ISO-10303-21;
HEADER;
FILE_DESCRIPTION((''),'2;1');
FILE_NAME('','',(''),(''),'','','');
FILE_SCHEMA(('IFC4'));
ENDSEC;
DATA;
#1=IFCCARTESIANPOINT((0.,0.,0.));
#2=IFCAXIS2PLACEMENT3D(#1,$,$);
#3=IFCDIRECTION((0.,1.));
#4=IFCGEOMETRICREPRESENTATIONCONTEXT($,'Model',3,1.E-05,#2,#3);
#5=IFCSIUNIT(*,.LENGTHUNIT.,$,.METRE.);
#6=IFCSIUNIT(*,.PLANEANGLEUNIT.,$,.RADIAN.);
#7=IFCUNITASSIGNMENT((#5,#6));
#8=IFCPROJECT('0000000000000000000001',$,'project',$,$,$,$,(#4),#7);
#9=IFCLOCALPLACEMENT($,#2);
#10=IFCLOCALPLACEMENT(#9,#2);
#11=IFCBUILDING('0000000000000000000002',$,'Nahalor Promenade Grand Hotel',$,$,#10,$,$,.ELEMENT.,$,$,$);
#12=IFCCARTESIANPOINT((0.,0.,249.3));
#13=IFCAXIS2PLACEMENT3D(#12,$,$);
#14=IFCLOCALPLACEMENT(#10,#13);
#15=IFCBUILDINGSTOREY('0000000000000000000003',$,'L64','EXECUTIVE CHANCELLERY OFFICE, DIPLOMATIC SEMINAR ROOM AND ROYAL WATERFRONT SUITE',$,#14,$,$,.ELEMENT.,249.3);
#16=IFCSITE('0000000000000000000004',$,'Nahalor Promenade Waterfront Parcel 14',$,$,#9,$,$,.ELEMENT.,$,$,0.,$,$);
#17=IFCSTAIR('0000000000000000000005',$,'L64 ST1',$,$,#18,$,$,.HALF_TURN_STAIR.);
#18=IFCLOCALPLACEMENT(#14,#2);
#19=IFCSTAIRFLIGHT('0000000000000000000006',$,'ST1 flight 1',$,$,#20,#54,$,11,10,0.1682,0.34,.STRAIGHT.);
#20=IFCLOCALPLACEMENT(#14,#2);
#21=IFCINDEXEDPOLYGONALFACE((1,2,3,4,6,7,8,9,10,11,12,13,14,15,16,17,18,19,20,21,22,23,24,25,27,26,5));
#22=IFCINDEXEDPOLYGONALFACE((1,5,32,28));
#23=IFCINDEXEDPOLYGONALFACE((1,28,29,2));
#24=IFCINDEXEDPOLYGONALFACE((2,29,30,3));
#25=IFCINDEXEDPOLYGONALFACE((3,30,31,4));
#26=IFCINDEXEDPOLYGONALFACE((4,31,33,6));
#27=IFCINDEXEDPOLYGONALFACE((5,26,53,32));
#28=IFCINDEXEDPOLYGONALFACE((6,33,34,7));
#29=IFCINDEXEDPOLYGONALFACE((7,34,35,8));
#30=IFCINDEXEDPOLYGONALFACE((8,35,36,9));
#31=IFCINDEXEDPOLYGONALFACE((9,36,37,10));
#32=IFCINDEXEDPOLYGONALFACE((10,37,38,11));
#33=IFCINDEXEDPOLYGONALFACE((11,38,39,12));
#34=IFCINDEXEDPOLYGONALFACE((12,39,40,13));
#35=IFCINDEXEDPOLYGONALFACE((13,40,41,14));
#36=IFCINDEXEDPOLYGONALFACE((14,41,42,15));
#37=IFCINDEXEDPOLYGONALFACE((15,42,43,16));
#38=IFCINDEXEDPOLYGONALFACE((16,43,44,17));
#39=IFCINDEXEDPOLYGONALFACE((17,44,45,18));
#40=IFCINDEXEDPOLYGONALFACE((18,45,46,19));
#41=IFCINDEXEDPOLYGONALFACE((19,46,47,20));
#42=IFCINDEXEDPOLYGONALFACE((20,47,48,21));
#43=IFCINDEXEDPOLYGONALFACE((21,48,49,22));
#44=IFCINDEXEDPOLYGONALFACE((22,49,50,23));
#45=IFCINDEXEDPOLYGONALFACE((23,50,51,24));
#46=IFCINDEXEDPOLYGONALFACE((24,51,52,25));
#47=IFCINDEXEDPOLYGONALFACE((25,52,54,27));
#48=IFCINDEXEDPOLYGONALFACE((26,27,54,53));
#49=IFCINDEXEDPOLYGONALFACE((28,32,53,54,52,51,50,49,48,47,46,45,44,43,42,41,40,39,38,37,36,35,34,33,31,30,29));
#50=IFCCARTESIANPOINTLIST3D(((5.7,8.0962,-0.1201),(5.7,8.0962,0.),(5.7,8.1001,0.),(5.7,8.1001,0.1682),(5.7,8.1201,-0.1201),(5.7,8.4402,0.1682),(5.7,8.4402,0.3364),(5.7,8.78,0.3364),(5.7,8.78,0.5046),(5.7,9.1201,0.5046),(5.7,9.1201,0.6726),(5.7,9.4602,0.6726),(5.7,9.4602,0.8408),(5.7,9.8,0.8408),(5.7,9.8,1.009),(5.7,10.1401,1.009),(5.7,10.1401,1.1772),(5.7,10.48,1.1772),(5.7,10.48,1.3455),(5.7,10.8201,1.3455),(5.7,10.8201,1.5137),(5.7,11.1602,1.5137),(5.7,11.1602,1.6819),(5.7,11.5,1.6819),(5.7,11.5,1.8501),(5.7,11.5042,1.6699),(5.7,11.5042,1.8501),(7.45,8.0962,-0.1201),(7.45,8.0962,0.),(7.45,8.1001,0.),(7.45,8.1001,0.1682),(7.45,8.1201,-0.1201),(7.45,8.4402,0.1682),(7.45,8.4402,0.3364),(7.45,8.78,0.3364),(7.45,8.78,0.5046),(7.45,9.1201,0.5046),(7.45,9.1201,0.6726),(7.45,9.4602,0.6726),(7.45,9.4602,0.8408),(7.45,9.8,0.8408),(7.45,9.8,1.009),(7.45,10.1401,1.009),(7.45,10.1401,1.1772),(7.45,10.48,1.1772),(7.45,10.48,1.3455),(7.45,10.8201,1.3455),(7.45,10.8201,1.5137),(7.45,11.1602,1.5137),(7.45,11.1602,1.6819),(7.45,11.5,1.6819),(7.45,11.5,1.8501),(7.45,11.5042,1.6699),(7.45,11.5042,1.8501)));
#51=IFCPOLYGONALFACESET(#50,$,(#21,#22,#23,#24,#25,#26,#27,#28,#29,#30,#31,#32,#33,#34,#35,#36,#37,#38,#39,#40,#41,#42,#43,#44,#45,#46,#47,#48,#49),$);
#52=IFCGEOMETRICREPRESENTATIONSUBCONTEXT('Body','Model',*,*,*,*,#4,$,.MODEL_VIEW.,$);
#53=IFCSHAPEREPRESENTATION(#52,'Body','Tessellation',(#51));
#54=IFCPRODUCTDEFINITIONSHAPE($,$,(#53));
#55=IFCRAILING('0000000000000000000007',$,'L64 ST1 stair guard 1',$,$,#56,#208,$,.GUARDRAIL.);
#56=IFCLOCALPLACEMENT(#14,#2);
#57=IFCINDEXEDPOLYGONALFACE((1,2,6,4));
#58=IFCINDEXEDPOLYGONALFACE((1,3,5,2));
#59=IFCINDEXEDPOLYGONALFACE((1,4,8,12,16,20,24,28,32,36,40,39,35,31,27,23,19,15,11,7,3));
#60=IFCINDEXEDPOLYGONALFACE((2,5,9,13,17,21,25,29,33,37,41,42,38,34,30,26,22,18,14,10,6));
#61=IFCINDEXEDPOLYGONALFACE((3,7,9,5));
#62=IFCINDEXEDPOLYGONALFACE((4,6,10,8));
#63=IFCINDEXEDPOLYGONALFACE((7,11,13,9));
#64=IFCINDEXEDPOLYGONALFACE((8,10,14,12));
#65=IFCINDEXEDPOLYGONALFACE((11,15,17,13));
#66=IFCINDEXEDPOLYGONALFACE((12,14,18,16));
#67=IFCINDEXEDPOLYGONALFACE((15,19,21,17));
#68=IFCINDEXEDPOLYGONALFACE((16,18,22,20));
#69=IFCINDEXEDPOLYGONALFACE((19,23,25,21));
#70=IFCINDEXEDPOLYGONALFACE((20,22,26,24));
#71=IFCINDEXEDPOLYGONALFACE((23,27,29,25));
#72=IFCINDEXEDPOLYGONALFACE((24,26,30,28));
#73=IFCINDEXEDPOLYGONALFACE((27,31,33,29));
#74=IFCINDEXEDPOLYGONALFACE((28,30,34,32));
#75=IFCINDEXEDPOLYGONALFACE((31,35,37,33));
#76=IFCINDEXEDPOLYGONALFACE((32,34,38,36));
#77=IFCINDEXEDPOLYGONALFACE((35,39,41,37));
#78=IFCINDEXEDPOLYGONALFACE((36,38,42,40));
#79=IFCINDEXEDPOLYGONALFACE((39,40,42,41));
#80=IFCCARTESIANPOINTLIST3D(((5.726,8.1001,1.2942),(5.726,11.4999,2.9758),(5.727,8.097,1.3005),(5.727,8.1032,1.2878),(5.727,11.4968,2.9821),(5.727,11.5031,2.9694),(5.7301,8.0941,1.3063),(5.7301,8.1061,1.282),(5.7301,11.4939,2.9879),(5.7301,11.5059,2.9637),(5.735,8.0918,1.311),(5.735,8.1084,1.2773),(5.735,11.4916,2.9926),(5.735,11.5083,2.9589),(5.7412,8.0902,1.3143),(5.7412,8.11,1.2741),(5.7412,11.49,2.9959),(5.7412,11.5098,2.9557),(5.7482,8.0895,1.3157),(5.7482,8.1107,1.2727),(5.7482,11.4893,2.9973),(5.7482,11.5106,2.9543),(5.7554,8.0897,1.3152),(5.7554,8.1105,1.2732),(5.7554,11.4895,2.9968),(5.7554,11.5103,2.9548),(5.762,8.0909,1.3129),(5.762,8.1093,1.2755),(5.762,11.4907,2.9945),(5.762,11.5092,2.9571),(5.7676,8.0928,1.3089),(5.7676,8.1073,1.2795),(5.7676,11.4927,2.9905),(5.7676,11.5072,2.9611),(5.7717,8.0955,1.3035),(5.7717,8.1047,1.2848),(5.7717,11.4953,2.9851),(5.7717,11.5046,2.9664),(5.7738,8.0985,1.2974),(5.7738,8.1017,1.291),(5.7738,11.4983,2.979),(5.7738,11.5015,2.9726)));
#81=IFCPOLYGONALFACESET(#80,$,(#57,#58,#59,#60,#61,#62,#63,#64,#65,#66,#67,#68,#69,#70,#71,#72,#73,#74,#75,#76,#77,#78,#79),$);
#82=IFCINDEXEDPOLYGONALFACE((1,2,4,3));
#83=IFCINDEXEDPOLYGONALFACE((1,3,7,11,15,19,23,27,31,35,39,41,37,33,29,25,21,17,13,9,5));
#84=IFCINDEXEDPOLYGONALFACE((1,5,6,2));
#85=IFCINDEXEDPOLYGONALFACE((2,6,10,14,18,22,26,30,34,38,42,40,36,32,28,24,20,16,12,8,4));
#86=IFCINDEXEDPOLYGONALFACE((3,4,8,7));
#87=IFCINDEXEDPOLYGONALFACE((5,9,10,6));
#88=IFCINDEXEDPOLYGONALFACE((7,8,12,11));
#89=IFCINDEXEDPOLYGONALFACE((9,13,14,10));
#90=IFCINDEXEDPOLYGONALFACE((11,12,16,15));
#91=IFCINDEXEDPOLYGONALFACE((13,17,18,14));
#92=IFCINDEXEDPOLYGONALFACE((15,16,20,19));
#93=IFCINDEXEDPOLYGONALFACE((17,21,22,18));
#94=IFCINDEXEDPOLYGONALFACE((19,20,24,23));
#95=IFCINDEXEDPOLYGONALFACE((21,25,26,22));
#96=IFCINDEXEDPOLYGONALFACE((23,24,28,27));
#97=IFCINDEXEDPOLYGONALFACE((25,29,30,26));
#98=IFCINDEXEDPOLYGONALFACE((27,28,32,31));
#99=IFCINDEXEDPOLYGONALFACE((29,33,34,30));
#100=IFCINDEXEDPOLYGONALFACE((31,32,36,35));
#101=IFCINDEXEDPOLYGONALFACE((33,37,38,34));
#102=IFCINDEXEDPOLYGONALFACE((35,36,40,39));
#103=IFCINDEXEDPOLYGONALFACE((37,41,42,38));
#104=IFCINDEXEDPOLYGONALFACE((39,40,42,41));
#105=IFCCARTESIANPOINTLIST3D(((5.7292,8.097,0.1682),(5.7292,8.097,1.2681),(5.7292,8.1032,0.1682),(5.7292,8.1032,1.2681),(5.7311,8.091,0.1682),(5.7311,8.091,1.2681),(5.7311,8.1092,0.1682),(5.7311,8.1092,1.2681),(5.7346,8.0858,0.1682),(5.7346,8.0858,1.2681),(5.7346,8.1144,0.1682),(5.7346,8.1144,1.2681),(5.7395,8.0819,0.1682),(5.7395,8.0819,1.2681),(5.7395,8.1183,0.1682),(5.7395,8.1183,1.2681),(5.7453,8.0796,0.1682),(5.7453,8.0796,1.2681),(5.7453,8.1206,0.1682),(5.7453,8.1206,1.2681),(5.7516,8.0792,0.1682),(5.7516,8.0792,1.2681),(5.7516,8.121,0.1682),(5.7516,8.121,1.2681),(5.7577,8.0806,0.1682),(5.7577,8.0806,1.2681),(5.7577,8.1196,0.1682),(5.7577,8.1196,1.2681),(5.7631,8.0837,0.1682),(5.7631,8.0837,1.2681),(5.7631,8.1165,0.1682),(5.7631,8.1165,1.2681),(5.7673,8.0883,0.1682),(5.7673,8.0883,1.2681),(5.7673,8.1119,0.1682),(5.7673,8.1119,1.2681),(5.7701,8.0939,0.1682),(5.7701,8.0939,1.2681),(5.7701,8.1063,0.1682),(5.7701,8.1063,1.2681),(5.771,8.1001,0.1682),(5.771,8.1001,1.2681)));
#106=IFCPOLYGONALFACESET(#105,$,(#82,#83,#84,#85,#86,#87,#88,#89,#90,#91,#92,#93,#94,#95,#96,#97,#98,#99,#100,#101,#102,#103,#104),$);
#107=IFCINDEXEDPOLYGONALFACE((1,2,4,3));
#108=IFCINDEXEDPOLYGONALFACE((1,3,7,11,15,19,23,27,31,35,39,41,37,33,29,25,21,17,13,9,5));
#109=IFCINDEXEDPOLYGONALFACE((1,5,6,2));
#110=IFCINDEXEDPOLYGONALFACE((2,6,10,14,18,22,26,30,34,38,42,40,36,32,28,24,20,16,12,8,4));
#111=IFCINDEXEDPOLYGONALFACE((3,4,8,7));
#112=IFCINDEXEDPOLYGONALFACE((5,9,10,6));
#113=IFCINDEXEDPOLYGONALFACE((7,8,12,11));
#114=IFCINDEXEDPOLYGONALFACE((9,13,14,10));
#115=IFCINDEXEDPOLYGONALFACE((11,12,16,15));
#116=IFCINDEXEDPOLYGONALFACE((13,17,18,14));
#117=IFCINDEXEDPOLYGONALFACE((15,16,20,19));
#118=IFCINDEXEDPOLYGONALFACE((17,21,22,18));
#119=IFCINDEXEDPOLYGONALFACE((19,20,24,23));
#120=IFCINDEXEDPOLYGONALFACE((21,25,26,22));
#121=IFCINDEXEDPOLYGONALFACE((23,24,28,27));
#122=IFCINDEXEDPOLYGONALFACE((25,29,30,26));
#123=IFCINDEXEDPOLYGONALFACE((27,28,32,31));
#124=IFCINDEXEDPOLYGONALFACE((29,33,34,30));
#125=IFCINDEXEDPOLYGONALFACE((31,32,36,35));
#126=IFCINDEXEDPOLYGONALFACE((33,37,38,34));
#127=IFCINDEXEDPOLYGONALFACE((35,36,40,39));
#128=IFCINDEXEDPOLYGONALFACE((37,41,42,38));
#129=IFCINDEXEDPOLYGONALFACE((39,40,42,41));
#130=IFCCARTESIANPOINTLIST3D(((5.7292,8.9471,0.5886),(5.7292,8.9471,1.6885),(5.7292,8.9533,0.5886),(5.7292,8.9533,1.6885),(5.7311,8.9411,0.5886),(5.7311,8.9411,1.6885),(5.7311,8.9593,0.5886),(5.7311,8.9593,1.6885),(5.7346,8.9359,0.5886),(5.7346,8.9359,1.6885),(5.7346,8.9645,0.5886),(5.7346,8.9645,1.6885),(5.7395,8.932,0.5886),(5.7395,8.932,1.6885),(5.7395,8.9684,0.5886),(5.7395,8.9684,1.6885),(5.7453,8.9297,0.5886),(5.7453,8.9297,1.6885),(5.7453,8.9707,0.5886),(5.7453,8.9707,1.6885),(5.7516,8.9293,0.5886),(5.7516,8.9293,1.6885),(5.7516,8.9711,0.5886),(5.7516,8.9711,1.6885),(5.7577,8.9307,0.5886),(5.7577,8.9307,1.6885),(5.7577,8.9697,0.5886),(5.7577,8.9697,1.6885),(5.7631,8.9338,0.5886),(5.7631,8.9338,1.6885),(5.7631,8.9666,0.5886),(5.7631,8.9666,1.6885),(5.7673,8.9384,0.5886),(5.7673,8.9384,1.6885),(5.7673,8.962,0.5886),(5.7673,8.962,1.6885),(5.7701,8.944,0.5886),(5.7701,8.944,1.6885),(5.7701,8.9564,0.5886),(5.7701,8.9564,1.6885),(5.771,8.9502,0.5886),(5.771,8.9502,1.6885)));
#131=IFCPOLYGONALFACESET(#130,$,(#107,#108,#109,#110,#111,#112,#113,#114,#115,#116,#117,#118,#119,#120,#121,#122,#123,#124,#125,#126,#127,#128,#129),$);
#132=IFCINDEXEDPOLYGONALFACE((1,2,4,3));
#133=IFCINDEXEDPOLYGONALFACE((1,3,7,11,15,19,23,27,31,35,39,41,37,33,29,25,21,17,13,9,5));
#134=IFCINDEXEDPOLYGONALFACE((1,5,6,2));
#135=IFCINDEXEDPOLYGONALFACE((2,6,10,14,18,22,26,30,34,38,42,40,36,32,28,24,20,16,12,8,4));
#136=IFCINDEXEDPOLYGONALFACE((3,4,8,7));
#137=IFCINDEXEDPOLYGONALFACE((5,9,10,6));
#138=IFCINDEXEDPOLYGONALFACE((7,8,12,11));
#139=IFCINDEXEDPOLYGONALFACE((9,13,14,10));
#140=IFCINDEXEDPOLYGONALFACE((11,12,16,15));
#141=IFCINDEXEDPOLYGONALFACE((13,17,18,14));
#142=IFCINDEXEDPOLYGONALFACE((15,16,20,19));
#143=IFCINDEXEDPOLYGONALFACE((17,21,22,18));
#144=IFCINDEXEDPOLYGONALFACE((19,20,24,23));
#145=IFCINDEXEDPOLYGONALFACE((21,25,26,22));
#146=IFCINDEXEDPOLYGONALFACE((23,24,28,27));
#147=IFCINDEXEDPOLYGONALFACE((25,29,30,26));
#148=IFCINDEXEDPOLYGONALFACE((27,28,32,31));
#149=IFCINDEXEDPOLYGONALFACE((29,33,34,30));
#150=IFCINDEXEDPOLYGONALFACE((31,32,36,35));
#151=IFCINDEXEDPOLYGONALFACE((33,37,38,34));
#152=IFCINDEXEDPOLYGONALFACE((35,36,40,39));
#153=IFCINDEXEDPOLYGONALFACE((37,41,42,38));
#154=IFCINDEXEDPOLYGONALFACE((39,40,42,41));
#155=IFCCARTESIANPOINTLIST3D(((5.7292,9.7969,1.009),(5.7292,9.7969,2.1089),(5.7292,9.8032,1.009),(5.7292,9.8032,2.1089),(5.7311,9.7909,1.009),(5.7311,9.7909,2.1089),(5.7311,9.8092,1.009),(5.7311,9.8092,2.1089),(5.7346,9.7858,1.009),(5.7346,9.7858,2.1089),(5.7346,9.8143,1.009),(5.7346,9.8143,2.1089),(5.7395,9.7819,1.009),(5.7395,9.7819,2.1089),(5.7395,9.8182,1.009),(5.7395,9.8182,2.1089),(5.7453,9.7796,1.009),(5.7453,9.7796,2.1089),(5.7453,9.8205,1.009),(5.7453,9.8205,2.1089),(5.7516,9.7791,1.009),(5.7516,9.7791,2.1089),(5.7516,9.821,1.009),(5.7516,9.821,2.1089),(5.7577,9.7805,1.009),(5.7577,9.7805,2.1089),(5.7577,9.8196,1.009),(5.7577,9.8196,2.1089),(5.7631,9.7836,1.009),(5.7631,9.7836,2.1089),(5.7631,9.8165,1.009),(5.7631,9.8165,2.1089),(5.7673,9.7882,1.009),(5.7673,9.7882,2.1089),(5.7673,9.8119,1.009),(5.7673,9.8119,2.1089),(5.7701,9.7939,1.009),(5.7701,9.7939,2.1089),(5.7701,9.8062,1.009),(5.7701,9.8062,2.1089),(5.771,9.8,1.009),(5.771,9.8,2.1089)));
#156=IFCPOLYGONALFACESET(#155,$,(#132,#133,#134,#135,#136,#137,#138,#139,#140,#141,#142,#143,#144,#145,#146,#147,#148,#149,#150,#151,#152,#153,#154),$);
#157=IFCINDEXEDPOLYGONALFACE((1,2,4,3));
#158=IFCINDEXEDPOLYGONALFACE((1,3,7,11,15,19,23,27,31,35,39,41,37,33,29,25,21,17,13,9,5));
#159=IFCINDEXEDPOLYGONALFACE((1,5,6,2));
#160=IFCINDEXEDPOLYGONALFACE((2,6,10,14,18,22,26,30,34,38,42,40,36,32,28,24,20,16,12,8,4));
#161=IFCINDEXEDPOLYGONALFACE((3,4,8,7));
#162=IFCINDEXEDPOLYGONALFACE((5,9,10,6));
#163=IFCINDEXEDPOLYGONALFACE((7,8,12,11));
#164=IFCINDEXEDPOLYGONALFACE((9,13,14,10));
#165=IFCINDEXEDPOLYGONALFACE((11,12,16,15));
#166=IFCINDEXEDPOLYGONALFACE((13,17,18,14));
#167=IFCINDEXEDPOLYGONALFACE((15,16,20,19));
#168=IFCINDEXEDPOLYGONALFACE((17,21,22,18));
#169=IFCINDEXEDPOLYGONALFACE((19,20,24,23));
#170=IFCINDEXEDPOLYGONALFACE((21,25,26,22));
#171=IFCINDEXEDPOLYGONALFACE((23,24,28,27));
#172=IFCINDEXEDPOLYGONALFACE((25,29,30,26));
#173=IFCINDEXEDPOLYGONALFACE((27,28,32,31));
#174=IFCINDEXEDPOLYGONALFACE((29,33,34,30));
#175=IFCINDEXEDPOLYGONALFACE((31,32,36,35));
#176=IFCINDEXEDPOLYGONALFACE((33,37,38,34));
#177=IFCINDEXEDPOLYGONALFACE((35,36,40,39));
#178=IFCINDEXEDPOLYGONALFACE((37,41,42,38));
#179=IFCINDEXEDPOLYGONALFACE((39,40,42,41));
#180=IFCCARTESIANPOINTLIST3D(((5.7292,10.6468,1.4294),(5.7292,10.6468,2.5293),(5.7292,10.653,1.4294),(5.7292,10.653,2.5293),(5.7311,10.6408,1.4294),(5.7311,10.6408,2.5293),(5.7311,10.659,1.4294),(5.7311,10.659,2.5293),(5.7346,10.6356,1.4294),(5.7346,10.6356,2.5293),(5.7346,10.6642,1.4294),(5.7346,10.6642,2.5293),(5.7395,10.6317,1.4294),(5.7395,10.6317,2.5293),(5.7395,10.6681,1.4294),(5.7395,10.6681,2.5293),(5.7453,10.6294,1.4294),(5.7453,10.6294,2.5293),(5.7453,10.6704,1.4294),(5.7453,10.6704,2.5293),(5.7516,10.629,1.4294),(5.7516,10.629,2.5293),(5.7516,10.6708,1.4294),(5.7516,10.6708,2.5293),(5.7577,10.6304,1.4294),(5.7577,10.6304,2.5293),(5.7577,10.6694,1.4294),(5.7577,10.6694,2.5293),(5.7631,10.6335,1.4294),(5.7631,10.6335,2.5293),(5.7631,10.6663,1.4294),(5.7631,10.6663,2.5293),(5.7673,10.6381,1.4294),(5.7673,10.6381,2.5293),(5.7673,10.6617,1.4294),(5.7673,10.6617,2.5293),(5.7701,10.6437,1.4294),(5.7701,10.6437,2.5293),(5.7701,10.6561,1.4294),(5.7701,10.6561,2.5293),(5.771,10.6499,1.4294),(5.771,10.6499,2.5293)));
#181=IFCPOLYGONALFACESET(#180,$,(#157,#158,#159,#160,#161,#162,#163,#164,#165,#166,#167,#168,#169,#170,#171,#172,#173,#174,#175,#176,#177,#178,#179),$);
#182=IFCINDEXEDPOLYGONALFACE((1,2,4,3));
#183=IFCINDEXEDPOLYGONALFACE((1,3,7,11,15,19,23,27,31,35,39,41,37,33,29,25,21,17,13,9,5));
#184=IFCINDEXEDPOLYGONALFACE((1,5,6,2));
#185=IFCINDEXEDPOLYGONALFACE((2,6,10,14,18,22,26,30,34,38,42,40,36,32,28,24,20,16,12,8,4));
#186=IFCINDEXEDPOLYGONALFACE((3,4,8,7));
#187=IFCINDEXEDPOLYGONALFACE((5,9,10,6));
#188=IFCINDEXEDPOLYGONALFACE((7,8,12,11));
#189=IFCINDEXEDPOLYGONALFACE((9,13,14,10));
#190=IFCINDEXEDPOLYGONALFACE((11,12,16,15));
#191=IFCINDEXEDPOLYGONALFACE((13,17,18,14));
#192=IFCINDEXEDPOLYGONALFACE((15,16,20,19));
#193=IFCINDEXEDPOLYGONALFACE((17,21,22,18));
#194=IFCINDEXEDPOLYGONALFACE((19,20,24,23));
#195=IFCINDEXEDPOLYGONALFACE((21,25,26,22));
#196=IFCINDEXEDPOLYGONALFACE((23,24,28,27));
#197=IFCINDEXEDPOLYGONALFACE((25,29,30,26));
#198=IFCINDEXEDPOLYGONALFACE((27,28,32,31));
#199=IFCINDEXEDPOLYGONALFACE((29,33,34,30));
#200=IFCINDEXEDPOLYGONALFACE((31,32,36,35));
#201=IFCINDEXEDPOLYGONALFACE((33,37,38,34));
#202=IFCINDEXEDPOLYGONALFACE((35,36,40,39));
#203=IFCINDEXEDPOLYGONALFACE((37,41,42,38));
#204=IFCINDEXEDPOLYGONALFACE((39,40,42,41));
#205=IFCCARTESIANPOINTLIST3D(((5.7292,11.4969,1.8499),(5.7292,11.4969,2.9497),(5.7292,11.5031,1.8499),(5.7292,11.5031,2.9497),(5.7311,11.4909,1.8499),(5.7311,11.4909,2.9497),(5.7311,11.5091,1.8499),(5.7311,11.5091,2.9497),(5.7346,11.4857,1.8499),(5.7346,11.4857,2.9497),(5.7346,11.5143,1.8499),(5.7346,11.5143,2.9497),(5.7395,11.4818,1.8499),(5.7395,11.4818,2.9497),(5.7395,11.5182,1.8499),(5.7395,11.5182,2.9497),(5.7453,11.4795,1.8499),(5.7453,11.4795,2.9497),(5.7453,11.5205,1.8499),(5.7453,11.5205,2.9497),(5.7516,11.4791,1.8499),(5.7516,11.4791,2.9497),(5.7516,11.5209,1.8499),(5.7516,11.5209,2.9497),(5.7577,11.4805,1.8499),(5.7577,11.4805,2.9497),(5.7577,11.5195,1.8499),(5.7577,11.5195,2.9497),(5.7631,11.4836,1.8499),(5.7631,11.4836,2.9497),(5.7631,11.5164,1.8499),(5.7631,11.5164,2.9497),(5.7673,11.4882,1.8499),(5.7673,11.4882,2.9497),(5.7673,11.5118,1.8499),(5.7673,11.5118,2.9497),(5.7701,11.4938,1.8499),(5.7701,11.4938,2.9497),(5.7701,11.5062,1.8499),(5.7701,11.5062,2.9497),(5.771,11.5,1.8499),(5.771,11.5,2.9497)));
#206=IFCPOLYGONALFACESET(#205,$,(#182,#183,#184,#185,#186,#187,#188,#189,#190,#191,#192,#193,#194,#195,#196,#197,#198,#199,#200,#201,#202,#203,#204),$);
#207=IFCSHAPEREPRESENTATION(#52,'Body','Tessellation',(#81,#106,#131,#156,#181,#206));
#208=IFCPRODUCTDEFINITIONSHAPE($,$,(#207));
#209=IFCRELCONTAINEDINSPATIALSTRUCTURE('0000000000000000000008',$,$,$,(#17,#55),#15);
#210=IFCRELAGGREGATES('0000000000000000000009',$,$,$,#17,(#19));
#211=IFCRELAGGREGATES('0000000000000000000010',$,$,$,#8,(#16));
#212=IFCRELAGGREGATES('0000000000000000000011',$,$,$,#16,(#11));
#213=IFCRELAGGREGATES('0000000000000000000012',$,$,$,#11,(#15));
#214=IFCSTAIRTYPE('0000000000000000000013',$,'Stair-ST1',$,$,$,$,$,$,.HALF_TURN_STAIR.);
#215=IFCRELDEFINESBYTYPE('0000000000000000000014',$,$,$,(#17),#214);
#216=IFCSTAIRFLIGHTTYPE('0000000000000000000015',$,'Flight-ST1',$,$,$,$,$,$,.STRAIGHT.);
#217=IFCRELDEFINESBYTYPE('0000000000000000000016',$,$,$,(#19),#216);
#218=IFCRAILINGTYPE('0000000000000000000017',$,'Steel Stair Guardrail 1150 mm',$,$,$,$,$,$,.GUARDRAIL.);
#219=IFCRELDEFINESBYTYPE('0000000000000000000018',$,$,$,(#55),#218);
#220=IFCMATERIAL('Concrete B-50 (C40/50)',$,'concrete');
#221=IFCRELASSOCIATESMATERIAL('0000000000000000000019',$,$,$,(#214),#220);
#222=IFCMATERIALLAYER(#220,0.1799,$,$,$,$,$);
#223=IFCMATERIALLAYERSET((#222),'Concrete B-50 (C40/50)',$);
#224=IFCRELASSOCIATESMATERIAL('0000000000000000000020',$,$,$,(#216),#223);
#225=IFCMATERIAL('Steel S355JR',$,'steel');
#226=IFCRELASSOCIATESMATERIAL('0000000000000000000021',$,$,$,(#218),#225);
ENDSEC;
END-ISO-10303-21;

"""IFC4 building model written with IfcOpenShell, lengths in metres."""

from ifc_helpers import new_model, si_unit, direction, frame, origin, origin_2d, place, context, subcontext, project, spatial, polyline, circle, outline, extrude, source, transform, mapped, material, layer, layer_set, type_object, element, aggregate, save


model = new_model("IFC4")

# Units and contexts
model_context = context("Model", 3, precision=1e-05, world=origin(), true_north=direction((0.0, 1.0)))
body_context = subcontext(model_context, "Body", "Model", "MODEL_VIEW")
ifc_project = project(units=[si_unit("LENGTHUNIT", "METRE"), si_unit("PLANEANGLEUNIT", "RADIAN")], contexts=[model_context])

# Site, building, storey
site_placement = place(None, origin())
site = spatial("IfcSite", under=ifc_project, at=site_placement, Name="Nahalor Promenade Waterfront Parcel 14", CompositionType="ELEMENT", RefElevation=0.0)
building_placement = place(site_placement, origin())
building = spatial("IfcBuilding", under=site, at=building_placement, Name="Nahalor Promenade Grand Hotel", CompositionType="ELEMENT")
storey_placement = place(building_placement, frame((0.0, 0.0, 249.3)))
storey = spatial("IfcBuildingStorey", under=building, at=storey_placement, Name="L64", Description="EXECUTIVE CHANCELLERY OFFICE, DIPLOMATIC SEMINAR ROOM AND ROYAL WATERFRONT SUITE", CompositionType="ELEMENT", Elevation=249.3)

# Shared definitions
ifc_material_1 = material(Name="Steel S355JR", Category="steel")

# Shared definitions
ifc_material_2 = material(Name="Concrete B-50 (C40/50)", Category="concrete")

# Stair, stair flight
stair_type = type_object("IfcStairType", Name="Stair-ST1", PredefinedType="HALF_TURN_STAIR", material=ifc_material_2)
stair_placement = place(storey_placement, origin())
stair = element("IfcStair", 1, at=stair_placement, inside=storey, type_object=stair_type, Name="L64 ST1", PredefinedType="HALF_TURN_STAIR")
ifc_layer_1 = layer(ifc_material_2, 0.1799)
ifc_layer_set_1 = layer_set([ifc_layer_1], Name="Concrete B-50 (C40/50)")
stair_flight_type = type_object("IfcStairFlightType", Name="Flight-ST1", PredefinedType="STRAIGHT", material=ifc_layer_set_1)
shared_shape_1 = source(origin(), body_context, "Body", "SweptSolid", [
    extrude(outline(polyline([(-0.0039, -0.1201), (-0.0039, 0.0), (0.0, 0.0), (0.0, 0.1682), (0.3401, 0.1682), (0.3401, 0.3364), (0.6799, 0.3364), (0.6799, 0.5046), (1.02, 0.5046), (1.02, 0.6726), (1.3601, 0.6726), (1.3601, 0.8408), (1.7, 0.8408), (1.7, 1.009), (2.04, 1.009), (2.04, 1.1772), (2.3799, 1.1772), (2.3799, 1.3455), (2.72, 1.3455), (2.72, 1.5137), (3.0601, 1.5137), (3.0601, 1.6819), (3.3999, 1.6819), (3.3999, 1.8501), (3.4041, 1.8501), (3.4041, 1.6699), (0.02, -0.1201), (-0.0039, -0.1201)])), frame((0.0, 0.875, 0.0), z_axis=(0.0, -1.0, 0.0), x_axis=(1.0, 0.0, 0.0)), (0.0, 0.0, 1.0), 1.75),
])
stair_flight_placement = place(storey_placement, frame((6.575, 8.1001, 0.0), z_axis=(0.0, 0.0, 1.0), x_axis=(0.0, 1.0, 0.0)))
stair_flight = element("IfcStairFlight", 2, at=stair_flight_placement, type_object=stair_flight_type, Name="ST1 flight 1", NumberOfRisers=11, NumberOfTreads=10, PredefinedType="STRAIGHT", RiserHeight=0.1682, TreadLength=0.34, context=body_context, shape_type="MappedRepresentation", body=[
    mapped(shared_shape_1, transform((0.0, 0.0, 0.0), scale=1.0)),
])
aggregate(stair, [stair_flight])

# Railing
railing_type_1 = type_object("IfcRailingType", Name="Steel Stair Guardrail 1150 mm", PredefinedType="GUARDRAIL", material=ifc_material_1)
railing_1_placement = place(storey_placement, frame((5.75, 8.1001, 0.1682)))
element("IfcRailing", 3, at=railing_1_placement, inside=storey, type_object=railing_type_1, Name="L64 ST1 stair guard 1", PredefinedType="GUARDRAIL", context=body_context, shape_type="SweptSolid", body=[
    extrude(circle(Radius=0.024, at=origin_2d()), frame((0.0, 0.0, 1.126), z_axis=(0.0, 0.89635, 0.443348), x_axis=(-1.0, 0.0, 0.0)), (0.0, 0.0, 1.0), 3.793),
    extrude(circle(Radius=0.021, at=origin_2d()), origin(), (0.0, 0.0, 1.0), 1.0999),
    extrude(circle(Radius=0.021, at=origin_2d()), frame((0.0, 0.8501, 0.4204)), (0.0, 0.0, 1.0), 1.0999),
    extrude(circle(Radius=0.021, at=origin_2d()), frame((0.0, 1.7, 0.8408)), (0.0, 0.0, 1.0), 1.0999),
    extrude(circle(Radius=0.021, at=origin_2d()), frame((0.0, 2.5498, 1.2612)), (0.0, 0.0, 1.0), 1.0999),
    extrude(circle(Radius=0.021, at=origin_2d()), frame((0.0, 3.3999, 1.6816)), (0.0, 0.0, 1.0), 1.0999),
])

save(model, "model.ifc")
